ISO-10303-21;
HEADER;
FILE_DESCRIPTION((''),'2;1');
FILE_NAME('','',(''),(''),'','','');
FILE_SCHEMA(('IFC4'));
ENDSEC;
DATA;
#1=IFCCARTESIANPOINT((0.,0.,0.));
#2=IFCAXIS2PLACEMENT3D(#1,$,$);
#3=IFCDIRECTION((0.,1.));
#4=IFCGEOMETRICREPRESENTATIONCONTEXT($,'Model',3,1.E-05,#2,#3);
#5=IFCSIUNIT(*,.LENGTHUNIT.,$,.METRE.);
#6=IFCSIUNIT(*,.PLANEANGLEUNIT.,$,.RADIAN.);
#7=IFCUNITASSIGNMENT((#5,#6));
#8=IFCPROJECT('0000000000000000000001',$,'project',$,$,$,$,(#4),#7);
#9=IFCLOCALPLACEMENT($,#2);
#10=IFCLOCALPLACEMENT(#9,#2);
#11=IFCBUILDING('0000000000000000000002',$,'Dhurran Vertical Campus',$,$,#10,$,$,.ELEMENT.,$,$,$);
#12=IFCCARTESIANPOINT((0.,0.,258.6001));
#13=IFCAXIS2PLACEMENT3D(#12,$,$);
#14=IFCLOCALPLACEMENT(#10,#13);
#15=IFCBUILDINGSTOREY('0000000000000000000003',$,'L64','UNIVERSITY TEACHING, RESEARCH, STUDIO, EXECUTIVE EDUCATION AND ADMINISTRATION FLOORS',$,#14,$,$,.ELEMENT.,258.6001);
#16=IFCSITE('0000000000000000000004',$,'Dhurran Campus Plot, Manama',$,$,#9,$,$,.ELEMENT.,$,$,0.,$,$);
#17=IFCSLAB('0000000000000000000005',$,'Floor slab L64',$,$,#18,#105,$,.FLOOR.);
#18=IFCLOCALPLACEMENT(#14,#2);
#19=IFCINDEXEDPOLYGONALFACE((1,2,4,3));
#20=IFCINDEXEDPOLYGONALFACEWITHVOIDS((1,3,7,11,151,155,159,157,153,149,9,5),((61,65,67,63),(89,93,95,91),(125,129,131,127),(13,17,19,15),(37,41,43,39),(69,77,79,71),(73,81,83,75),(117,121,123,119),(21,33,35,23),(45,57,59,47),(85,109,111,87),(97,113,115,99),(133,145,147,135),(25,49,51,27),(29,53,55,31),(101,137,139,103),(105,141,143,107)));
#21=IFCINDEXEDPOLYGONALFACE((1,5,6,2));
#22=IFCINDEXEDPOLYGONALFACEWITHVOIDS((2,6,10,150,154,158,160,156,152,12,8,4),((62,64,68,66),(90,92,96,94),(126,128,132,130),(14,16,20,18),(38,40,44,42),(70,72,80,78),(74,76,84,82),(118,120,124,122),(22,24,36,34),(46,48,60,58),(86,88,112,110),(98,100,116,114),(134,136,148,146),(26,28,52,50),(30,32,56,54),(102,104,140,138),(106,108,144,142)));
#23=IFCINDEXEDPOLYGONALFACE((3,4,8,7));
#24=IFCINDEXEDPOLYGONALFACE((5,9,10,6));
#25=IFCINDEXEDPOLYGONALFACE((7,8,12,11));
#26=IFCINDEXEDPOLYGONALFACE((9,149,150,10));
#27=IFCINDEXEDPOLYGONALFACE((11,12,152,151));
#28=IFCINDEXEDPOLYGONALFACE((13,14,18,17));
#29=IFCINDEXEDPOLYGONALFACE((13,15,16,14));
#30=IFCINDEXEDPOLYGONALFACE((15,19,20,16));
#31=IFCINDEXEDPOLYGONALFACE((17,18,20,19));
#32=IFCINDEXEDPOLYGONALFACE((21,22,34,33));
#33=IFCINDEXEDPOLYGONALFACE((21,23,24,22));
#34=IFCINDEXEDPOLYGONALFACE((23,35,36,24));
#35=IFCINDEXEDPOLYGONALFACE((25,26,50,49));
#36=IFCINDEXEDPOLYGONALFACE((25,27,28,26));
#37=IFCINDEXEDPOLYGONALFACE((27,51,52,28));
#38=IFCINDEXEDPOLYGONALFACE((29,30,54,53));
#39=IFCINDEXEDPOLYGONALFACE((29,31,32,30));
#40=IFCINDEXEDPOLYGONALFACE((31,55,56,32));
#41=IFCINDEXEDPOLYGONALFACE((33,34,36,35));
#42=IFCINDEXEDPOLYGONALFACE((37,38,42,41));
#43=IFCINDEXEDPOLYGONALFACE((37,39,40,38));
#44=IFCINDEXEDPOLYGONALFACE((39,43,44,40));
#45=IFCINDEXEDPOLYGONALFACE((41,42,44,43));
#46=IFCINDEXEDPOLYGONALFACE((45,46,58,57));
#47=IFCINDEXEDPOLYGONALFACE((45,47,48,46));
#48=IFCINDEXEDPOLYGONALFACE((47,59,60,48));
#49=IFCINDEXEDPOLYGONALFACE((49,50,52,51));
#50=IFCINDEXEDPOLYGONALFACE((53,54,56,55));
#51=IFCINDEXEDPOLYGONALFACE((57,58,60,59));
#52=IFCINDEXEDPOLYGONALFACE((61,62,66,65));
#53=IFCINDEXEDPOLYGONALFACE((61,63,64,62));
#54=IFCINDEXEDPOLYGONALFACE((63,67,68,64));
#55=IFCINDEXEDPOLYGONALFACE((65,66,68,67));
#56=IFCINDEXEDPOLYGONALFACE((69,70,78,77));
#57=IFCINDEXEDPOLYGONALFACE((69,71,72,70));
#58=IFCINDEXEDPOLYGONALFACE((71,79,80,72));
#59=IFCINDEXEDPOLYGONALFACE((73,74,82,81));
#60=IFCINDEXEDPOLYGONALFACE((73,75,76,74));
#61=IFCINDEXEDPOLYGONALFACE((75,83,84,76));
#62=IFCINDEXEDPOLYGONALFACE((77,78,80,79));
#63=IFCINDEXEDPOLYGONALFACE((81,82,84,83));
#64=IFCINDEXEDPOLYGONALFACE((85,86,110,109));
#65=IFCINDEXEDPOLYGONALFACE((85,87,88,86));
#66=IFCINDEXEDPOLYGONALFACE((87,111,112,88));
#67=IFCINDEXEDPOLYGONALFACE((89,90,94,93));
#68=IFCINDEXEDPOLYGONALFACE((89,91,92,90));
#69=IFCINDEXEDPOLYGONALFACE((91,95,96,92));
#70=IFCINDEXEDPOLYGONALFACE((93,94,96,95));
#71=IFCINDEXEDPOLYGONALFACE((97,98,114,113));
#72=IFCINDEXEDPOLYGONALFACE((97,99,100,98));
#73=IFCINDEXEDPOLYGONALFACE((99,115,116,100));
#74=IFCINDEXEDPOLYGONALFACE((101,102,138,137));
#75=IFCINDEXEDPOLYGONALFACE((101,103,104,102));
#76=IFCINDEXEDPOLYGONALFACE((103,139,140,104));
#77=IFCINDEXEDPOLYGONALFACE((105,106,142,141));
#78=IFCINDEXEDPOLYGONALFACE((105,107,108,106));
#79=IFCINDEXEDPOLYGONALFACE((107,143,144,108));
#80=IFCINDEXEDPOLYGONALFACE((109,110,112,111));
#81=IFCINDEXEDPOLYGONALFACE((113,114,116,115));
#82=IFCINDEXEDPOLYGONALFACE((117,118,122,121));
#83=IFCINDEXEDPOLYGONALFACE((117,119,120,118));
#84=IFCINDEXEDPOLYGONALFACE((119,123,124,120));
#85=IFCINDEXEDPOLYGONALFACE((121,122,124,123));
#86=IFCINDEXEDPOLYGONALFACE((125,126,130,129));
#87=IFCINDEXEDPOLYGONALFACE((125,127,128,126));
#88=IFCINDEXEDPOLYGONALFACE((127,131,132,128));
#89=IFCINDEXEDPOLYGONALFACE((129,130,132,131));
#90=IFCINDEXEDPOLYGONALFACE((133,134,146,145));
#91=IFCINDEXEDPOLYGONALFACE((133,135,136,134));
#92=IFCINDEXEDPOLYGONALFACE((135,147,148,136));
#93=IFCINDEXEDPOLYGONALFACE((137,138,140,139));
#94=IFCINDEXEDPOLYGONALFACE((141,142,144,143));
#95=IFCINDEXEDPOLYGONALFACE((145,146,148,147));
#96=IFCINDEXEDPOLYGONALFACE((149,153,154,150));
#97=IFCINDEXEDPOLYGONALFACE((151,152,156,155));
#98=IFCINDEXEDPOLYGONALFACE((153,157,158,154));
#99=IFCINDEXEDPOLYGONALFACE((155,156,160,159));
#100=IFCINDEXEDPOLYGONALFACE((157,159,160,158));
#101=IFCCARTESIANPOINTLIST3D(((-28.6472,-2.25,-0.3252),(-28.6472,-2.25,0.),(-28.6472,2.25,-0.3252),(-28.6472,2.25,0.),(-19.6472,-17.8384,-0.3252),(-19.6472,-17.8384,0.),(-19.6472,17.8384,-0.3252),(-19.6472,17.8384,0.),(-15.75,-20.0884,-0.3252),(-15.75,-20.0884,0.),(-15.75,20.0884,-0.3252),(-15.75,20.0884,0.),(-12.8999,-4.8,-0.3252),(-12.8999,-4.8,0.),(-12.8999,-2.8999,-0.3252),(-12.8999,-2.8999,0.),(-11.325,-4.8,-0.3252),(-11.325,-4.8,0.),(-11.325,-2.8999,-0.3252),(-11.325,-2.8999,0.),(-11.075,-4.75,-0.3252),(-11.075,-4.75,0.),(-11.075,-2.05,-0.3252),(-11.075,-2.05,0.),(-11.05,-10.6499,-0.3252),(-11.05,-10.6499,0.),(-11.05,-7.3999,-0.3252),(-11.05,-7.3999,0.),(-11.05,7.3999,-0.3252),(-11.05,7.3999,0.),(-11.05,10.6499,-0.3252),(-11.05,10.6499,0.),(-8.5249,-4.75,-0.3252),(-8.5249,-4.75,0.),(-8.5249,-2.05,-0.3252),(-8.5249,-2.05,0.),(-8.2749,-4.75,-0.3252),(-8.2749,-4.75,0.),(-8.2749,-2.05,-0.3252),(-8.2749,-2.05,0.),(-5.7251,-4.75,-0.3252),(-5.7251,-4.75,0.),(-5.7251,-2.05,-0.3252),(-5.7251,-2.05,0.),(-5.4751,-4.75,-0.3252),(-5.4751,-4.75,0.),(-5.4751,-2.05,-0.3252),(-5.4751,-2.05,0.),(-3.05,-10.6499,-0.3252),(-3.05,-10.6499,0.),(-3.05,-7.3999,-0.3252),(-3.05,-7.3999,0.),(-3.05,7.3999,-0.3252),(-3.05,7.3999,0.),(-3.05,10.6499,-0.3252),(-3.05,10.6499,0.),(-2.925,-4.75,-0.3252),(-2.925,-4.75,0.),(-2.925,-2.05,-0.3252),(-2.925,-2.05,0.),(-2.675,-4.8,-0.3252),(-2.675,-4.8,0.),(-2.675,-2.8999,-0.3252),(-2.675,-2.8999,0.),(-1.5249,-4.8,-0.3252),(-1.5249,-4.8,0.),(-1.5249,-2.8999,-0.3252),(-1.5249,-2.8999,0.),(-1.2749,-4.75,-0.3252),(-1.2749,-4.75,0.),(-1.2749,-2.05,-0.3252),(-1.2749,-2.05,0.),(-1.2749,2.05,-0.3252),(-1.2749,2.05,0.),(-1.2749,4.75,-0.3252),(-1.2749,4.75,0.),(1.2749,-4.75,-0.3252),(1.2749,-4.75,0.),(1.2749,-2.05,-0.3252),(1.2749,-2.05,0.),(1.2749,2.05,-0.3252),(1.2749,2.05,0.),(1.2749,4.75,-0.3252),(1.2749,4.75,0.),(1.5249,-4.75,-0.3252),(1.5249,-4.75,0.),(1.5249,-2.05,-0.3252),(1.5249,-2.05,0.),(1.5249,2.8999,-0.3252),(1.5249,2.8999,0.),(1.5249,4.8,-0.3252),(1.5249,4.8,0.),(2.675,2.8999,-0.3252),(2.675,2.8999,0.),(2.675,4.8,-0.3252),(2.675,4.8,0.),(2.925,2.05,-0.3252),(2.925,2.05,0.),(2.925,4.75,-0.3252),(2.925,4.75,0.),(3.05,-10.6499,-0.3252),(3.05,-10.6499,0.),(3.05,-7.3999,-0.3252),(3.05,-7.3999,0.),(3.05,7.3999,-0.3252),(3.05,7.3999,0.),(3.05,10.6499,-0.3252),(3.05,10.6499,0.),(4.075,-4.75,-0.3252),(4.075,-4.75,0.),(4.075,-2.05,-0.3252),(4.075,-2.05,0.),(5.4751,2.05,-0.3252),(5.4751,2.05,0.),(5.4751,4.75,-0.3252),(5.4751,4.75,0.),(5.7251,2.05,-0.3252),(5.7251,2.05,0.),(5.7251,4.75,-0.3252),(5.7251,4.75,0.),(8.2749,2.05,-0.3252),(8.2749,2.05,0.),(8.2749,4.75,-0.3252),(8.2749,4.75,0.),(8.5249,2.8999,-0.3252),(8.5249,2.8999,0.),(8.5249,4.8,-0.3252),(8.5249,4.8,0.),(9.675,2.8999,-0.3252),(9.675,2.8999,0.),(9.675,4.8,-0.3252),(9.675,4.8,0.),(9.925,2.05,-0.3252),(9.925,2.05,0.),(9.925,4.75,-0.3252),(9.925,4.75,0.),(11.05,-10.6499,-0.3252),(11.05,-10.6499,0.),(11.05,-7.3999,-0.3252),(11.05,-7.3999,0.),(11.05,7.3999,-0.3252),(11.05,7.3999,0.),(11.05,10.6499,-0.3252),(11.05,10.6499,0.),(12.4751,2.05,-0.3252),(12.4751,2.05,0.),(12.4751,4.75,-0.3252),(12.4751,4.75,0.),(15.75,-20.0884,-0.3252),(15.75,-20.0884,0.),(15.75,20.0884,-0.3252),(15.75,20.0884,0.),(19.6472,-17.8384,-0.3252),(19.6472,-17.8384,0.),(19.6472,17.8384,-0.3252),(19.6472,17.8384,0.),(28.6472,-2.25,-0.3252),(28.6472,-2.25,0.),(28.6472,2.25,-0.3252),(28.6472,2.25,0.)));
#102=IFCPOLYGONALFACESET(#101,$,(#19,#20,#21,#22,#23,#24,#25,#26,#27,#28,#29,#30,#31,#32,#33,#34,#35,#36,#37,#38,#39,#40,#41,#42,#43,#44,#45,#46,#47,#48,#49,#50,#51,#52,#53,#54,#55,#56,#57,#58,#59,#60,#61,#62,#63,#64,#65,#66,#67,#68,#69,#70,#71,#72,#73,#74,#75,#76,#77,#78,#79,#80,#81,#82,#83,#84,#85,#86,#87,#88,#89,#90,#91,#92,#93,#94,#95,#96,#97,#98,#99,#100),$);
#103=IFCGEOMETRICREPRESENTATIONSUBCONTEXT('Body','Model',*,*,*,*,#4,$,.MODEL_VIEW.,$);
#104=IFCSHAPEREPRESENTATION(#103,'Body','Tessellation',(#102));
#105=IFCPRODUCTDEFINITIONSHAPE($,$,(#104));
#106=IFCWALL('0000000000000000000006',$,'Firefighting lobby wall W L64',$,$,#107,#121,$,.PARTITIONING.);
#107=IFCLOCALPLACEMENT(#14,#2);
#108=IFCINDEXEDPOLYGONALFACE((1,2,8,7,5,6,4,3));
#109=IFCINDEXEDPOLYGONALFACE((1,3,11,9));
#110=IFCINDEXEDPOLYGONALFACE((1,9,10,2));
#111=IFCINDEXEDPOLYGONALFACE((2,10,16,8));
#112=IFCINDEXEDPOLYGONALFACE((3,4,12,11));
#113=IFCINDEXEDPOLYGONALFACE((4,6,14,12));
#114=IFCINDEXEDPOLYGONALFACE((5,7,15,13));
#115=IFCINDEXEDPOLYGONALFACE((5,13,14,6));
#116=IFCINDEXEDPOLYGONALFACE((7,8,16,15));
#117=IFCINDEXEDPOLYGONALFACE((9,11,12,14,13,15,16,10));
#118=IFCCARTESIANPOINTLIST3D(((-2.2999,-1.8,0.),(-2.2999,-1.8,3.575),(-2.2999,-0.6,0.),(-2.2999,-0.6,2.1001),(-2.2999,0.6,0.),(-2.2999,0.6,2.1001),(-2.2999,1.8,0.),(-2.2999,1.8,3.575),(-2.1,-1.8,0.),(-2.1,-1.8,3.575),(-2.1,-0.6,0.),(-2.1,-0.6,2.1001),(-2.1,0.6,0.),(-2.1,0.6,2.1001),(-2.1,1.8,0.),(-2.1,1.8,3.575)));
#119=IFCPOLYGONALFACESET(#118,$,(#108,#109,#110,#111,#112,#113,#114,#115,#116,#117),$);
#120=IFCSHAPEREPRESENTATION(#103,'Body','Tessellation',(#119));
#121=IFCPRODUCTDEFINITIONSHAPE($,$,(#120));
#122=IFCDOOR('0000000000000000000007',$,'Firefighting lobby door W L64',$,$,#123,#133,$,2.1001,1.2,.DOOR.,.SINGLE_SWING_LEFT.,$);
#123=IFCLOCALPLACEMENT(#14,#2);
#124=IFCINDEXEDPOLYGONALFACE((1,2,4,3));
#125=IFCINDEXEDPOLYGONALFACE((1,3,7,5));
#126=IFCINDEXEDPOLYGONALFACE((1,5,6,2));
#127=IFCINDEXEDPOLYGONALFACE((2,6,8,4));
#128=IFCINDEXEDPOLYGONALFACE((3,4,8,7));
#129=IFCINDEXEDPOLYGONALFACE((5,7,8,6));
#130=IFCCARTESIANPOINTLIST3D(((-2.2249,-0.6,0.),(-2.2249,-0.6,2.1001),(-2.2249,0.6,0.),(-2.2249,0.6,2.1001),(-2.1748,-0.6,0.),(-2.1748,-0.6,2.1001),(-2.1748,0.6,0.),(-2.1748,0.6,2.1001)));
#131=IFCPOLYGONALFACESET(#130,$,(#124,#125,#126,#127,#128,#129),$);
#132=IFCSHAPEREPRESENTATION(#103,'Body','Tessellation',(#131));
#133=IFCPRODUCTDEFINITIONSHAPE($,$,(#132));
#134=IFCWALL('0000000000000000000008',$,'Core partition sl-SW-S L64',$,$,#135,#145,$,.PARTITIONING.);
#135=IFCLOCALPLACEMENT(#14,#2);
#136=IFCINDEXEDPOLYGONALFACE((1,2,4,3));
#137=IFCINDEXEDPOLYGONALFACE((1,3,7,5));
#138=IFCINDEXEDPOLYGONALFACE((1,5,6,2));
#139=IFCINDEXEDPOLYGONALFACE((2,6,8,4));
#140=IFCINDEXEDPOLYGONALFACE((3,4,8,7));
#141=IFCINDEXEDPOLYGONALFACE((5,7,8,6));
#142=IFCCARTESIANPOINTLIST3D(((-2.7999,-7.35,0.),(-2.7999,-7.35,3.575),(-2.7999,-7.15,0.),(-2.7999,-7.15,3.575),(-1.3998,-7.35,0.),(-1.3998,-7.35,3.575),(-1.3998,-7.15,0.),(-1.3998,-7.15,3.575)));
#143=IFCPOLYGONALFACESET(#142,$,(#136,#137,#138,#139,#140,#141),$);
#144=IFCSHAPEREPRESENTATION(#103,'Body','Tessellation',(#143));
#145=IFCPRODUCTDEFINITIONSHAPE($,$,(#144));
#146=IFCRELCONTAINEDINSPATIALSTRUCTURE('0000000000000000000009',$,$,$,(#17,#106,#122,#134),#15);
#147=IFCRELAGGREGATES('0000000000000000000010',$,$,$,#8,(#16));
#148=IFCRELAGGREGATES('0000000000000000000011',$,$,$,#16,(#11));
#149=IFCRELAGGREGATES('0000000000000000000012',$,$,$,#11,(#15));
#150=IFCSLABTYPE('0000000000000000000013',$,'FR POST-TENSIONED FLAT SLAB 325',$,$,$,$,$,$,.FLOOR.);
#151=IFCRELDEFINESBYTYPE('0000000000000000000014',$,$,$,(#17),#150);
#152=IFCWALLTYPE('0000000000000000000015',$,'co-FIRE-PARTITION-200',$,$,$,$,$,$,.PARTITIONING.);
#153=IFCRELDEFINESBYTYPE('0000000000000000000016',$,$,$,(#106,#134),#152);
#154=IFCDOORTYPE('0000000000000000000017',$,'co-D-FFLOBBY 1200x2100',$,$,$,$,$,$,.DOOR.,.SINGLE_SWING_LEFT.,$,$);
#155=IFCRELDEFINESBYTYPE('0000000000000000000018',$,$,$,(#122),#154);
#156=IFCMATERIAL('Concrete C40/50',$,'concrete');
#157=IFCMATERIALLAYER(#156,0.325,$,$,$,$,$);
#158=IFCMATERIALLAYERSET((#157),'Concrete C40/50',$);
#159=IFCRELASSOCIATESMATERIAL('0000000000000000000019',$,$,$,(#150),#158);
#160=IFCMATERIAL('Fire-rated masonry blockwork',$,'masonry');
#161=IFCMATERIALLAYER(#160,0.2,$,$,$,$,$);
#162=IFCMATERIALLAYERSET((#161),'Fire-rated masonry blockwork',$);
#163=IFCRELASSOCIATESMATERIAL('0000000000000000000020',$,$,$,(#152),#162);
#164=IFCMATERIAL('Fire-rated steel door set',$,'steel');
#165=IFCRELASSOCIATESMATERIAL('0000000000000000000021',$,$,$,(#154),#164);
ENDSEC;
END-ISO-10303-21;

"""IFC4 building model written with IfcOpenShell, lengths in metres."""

from ifc_helpers import new_model, si_unit, direction, frame, frame_2d, origin, place, context, subcontext, project, spatial, polyline, rectangle, outline, extrude, material, layer, layer_set, type_object, element, fill, save


model = new_model("IFC4")

# Units and contexts
model_context = context("Model", 3, precision=1e-05, world=origin(), true_north=direction((0.0, 1.0)))
body_context = subcontext(model_context, "Body", "Model", "MODEL_VIEW")
ifc_project = project(units=[si_unit("LENGTHUNIT", "METRE"), si_unit("PLANEANGLEUNIT", "RADIAN")], contexts=[model_context])

# Site, building, storey
site_placement = place(None, origin())
site = spatial("IfcSite", under=ifc_project, at=site_placement, Name="Dhurran Campus Plot, Manama", CompositionType="ELEMENT", RefElevation=0.0)
building_placement = place(site_placement, origin())
building = spatial("IfcBuilding", under=site, at=building_placement, Name="Dhurran Vertical Campus", CompositionType="ELEMENT")
storey_placement = place(building_placement, frame((0.0, 0.0, 258.6001)))
storey = spatial("IfcBuildingStorey", under=building, at=storey_placement, Name="L64", Description="UNIVERSITY TEACHING, RESEARCH, STUDIO, EXECUTIVE EDUCATION AND ADMINISTRATION FLOORS", CompositionType="ELEMENT", Elevation=258.6001)

# Slab
ifc_material_1 = material(Name="Concrete C40/50", Category="concrete")
ifc_layer_1 = layer(ifc_material_1, 0.325)
ifc_layer_set_1 = layer_set([ifc_layer_1], Name="Concrete C40/50")
slab_type = type_object("IfcSlabType", Name="FR POST-TENSIONED FLAT SLAB 325", PredefinedType="FLOOR", material=ifc_layer_set_1)
slab_placement = place(storey_placement, frame((0.0, 0.0, -0.3252)))
element("IfcSlab", 1, at=slab_placement, inside=storey, type_object=slab_type, Name="Floor slab L64", PredefinedType="FLOOR", context=body_context, shape_type="SweptSolid", body=[
    extrude(outline(polyline([(-15.75, -20.0884), (15.75, -20.0884), (19.6472, -17.8384), (28.6472, -2.25), (28.6472, 2.25), (19.6472, 17.8384), (15.75, 20.0884), (-15.75, 20.0884), (-19.6472, 17.8384), (-28.6472, 2.25), (-28.6472, -2.25), (-19.6472, -17.8384), (-15.75, -20.0884)]), holes=[polyline([(-1.2749, 2.05), (1.2749, 2.05), (1.2749, 4.75), (-1.2749, 4.75), (-1.2749, 2.05)]), polyline([(9.925, 2.05), (12.4751, 2.05), (12.4751, 4.75), (9.925, 4.75), (9.925, 2.05)]), polyline([(-1.2749, -4.75), (1.2749, -4.75), (1.2749, -2.05), (-1.2749, -2.05), (-1.2749, -4.75)]), polyline([(1.5249, -4.75), (4.075, -4.75), (4.075, -2.05), (1.5249, -2.05), (1.5249, -4.75)]), polyline([(2.925, 2.05), (5.4751, 2.05), (5.4751, 4.75), (2.925, 4.75), (2.925, 2.05)]), polyline([(5.7251, 2.05), (8.2749, 2.05), (8.2749, 4.75), (5.7251, 4.75), (5.7251, 2.05)]), polyline([(-11.075, -4.75), (-8.5249, -4.75), (-8.5249, -2.05), (-11.075, -2.05), (-11.075, -4.75)]), polyline([(-8.2749, -4.75), (-5.7251, -4.75), (-5.7251, -2.05), (-8.2749, -2.05), (-8.2749, -4.75)]), polyline([(-5.4751, -4.75), (-2.925, -4.75), (-2.925, -2.05), (-5.4751, -2.05), (-5.4751, -4.75)]), polyline([(-11.05, 7.3999), (-3.05, 7.3999), (-3.05, 10.6499), (-11.05, 10.6499), (-11.05, 7.3999)]), polyline([(3.05, 7.3999), (11.05, 7.3999), (11.05, 10.6499), (3.05, 10.6499), (3.05, 7.3999)]), polyline([(-11.05, -10.6499), (-3.05, -10.6499), (-3.05, -7.3999), (-11.05, -7.3999), (-11.05, -10.6499)]), polyline([(3.05, -10.6499), (11.05, -10.6499), (11.05, -7.3999), (3.05, -7.3999), (3.05, -10.6499)]), polyline([(2.675, 2.8999), (1.5249, 2.8999), (1.5249, 4.8), (2.675, 4.8), (2.675, 2.8999)]), polyline([(-12.8999, -2.8999), (-11.325, -2.8999), (-11.325, -4.8), (-12.8999, -4.8), (-12.8999, -2.8999)]), polyline([(-2.675, -2.8999), (-1.5249, -2.8999), (-1.5249, -4.8), (-2.675, -4.8), (-2.675, -2.8999)]), polyline([(9.675, 2.8999), (8.5249, 2.8999), (8.5249, 4.8), (9.675, 4.8), (9.675, 2.8999)])]), origin(), (0.0, 0.0, 1.0), 0.3252),
])

# Wall, opening, door
ifc_material_2 = material(Name="Fire-rated masonry blockwork", Category="masonry")
ifc_layer_2 = layer(ifc_material_2, 0.2)
ifc_layer_set_2 = layer_set([ifc_layer_2], Name="Fire-rated masonry blockwork")
wall_type_1 = type_object("IfcWallType", Name="co-FIRE-PARTITION-200", PredefinedType="PARTITIONING", material=ifc_layer_set_2)
wall_1_placement = place(storey_placement, frame((-2.2, -1.8, 0.0), z_axis=(0.0, 0.0, 1.0), x_axis=(0.0, 1.0, 0.0)))
wall_1 = element("IfcWall", 2, at=wall_1_placement, inside=storey, type_object=wall_type_1, Name="Firefighting lobby wall W L64", PredefinedType="PARTITIONING", context=body_context, shape_type="SweptSolid", body=[
    extrude(rectangle(XDim=3.6001, YDim=0.2, at=frame_2d((1.8, 0.0))), origin(), (0.0, 0.0, 1.0), 3.575),
])
opening_1_placement = place(wall_1_placement, frame((1.2, 0.0, 0.0)))
opening_1 = element("IfcOpeningElement", 3, at=opening_1_placement, cuts=wall_1, PredefinedType="OPENING", context=body_context, shape_type="SweptSolid", body=[
    extrude(rectangle(XDim=1.2, YDim=2.1001, at=frame_2d((0.6001, 1.05))), frame((0.0, 0.1099, 0.0), z_axis=(0.0, -1.0, 0.0), x_axis=(1.0, 0.0, 0.0)), (0.0, 0.0, 1.0), 0.22),
])
ifc_material_3 = material(Name="Fire-rated steel door set", Category="steel")
door_type_1 = type_object("IfcDoorType", Name="co-D-FFLOBBY 1200x2100", OperationType="SINGLE_SWING_LEFT", PredefinedType="DOOR", material=ifc_material_3)
door_1_placement = place(opening_1_placement, origin())
door_1 = element("IfcDoor", 4, at=door_1_placement, inside=storey, type_object=door_type_1, Name="Firefighting lobby door W L64", OperationType="SINGLE_SWING_LEFT", OverallHeight=2.1001, OverallWidth=1.2, PredefinedType="DOOR", context=body_context, shape_type="SweptSolid", body=[
    extrude(rectangle(XDim=1.2, YDim=2.1001, at=frame_2d((0.6001, 1.05))), frame((0.0, 0.0249, 0.0), z_axis=(0.0, -1.0, 0.0), x_axis=(1.0, 0.0, 0.0)), (0.0, 0.0, 1.0), 0.05),
])
fill(opening_1, door_1)

# Wall
wall_2_placement = place(storey_placement, frame((-2.8, -7.25, 0.0), z_axis=(0.0, 0.0, 1.0), x_axis=(1.0, 0.0, 0.0)))
element("IfcWall", 5, at=wall_2_placement, inside=storey, type_object=wall_type_1, Name="Core partition sl-SW-S L64", PredefinedType="PARTITIONING", context=body_context, shape_type="SweptSolid", body=[
    extrude(rectangle(XDim=1.4001, YDim=0.2, at=frame_2d((0.7002, 0.0))), origin(), (0.0, 0.0, 1.0), 3.575),
])

save(model, "model.ifc")
